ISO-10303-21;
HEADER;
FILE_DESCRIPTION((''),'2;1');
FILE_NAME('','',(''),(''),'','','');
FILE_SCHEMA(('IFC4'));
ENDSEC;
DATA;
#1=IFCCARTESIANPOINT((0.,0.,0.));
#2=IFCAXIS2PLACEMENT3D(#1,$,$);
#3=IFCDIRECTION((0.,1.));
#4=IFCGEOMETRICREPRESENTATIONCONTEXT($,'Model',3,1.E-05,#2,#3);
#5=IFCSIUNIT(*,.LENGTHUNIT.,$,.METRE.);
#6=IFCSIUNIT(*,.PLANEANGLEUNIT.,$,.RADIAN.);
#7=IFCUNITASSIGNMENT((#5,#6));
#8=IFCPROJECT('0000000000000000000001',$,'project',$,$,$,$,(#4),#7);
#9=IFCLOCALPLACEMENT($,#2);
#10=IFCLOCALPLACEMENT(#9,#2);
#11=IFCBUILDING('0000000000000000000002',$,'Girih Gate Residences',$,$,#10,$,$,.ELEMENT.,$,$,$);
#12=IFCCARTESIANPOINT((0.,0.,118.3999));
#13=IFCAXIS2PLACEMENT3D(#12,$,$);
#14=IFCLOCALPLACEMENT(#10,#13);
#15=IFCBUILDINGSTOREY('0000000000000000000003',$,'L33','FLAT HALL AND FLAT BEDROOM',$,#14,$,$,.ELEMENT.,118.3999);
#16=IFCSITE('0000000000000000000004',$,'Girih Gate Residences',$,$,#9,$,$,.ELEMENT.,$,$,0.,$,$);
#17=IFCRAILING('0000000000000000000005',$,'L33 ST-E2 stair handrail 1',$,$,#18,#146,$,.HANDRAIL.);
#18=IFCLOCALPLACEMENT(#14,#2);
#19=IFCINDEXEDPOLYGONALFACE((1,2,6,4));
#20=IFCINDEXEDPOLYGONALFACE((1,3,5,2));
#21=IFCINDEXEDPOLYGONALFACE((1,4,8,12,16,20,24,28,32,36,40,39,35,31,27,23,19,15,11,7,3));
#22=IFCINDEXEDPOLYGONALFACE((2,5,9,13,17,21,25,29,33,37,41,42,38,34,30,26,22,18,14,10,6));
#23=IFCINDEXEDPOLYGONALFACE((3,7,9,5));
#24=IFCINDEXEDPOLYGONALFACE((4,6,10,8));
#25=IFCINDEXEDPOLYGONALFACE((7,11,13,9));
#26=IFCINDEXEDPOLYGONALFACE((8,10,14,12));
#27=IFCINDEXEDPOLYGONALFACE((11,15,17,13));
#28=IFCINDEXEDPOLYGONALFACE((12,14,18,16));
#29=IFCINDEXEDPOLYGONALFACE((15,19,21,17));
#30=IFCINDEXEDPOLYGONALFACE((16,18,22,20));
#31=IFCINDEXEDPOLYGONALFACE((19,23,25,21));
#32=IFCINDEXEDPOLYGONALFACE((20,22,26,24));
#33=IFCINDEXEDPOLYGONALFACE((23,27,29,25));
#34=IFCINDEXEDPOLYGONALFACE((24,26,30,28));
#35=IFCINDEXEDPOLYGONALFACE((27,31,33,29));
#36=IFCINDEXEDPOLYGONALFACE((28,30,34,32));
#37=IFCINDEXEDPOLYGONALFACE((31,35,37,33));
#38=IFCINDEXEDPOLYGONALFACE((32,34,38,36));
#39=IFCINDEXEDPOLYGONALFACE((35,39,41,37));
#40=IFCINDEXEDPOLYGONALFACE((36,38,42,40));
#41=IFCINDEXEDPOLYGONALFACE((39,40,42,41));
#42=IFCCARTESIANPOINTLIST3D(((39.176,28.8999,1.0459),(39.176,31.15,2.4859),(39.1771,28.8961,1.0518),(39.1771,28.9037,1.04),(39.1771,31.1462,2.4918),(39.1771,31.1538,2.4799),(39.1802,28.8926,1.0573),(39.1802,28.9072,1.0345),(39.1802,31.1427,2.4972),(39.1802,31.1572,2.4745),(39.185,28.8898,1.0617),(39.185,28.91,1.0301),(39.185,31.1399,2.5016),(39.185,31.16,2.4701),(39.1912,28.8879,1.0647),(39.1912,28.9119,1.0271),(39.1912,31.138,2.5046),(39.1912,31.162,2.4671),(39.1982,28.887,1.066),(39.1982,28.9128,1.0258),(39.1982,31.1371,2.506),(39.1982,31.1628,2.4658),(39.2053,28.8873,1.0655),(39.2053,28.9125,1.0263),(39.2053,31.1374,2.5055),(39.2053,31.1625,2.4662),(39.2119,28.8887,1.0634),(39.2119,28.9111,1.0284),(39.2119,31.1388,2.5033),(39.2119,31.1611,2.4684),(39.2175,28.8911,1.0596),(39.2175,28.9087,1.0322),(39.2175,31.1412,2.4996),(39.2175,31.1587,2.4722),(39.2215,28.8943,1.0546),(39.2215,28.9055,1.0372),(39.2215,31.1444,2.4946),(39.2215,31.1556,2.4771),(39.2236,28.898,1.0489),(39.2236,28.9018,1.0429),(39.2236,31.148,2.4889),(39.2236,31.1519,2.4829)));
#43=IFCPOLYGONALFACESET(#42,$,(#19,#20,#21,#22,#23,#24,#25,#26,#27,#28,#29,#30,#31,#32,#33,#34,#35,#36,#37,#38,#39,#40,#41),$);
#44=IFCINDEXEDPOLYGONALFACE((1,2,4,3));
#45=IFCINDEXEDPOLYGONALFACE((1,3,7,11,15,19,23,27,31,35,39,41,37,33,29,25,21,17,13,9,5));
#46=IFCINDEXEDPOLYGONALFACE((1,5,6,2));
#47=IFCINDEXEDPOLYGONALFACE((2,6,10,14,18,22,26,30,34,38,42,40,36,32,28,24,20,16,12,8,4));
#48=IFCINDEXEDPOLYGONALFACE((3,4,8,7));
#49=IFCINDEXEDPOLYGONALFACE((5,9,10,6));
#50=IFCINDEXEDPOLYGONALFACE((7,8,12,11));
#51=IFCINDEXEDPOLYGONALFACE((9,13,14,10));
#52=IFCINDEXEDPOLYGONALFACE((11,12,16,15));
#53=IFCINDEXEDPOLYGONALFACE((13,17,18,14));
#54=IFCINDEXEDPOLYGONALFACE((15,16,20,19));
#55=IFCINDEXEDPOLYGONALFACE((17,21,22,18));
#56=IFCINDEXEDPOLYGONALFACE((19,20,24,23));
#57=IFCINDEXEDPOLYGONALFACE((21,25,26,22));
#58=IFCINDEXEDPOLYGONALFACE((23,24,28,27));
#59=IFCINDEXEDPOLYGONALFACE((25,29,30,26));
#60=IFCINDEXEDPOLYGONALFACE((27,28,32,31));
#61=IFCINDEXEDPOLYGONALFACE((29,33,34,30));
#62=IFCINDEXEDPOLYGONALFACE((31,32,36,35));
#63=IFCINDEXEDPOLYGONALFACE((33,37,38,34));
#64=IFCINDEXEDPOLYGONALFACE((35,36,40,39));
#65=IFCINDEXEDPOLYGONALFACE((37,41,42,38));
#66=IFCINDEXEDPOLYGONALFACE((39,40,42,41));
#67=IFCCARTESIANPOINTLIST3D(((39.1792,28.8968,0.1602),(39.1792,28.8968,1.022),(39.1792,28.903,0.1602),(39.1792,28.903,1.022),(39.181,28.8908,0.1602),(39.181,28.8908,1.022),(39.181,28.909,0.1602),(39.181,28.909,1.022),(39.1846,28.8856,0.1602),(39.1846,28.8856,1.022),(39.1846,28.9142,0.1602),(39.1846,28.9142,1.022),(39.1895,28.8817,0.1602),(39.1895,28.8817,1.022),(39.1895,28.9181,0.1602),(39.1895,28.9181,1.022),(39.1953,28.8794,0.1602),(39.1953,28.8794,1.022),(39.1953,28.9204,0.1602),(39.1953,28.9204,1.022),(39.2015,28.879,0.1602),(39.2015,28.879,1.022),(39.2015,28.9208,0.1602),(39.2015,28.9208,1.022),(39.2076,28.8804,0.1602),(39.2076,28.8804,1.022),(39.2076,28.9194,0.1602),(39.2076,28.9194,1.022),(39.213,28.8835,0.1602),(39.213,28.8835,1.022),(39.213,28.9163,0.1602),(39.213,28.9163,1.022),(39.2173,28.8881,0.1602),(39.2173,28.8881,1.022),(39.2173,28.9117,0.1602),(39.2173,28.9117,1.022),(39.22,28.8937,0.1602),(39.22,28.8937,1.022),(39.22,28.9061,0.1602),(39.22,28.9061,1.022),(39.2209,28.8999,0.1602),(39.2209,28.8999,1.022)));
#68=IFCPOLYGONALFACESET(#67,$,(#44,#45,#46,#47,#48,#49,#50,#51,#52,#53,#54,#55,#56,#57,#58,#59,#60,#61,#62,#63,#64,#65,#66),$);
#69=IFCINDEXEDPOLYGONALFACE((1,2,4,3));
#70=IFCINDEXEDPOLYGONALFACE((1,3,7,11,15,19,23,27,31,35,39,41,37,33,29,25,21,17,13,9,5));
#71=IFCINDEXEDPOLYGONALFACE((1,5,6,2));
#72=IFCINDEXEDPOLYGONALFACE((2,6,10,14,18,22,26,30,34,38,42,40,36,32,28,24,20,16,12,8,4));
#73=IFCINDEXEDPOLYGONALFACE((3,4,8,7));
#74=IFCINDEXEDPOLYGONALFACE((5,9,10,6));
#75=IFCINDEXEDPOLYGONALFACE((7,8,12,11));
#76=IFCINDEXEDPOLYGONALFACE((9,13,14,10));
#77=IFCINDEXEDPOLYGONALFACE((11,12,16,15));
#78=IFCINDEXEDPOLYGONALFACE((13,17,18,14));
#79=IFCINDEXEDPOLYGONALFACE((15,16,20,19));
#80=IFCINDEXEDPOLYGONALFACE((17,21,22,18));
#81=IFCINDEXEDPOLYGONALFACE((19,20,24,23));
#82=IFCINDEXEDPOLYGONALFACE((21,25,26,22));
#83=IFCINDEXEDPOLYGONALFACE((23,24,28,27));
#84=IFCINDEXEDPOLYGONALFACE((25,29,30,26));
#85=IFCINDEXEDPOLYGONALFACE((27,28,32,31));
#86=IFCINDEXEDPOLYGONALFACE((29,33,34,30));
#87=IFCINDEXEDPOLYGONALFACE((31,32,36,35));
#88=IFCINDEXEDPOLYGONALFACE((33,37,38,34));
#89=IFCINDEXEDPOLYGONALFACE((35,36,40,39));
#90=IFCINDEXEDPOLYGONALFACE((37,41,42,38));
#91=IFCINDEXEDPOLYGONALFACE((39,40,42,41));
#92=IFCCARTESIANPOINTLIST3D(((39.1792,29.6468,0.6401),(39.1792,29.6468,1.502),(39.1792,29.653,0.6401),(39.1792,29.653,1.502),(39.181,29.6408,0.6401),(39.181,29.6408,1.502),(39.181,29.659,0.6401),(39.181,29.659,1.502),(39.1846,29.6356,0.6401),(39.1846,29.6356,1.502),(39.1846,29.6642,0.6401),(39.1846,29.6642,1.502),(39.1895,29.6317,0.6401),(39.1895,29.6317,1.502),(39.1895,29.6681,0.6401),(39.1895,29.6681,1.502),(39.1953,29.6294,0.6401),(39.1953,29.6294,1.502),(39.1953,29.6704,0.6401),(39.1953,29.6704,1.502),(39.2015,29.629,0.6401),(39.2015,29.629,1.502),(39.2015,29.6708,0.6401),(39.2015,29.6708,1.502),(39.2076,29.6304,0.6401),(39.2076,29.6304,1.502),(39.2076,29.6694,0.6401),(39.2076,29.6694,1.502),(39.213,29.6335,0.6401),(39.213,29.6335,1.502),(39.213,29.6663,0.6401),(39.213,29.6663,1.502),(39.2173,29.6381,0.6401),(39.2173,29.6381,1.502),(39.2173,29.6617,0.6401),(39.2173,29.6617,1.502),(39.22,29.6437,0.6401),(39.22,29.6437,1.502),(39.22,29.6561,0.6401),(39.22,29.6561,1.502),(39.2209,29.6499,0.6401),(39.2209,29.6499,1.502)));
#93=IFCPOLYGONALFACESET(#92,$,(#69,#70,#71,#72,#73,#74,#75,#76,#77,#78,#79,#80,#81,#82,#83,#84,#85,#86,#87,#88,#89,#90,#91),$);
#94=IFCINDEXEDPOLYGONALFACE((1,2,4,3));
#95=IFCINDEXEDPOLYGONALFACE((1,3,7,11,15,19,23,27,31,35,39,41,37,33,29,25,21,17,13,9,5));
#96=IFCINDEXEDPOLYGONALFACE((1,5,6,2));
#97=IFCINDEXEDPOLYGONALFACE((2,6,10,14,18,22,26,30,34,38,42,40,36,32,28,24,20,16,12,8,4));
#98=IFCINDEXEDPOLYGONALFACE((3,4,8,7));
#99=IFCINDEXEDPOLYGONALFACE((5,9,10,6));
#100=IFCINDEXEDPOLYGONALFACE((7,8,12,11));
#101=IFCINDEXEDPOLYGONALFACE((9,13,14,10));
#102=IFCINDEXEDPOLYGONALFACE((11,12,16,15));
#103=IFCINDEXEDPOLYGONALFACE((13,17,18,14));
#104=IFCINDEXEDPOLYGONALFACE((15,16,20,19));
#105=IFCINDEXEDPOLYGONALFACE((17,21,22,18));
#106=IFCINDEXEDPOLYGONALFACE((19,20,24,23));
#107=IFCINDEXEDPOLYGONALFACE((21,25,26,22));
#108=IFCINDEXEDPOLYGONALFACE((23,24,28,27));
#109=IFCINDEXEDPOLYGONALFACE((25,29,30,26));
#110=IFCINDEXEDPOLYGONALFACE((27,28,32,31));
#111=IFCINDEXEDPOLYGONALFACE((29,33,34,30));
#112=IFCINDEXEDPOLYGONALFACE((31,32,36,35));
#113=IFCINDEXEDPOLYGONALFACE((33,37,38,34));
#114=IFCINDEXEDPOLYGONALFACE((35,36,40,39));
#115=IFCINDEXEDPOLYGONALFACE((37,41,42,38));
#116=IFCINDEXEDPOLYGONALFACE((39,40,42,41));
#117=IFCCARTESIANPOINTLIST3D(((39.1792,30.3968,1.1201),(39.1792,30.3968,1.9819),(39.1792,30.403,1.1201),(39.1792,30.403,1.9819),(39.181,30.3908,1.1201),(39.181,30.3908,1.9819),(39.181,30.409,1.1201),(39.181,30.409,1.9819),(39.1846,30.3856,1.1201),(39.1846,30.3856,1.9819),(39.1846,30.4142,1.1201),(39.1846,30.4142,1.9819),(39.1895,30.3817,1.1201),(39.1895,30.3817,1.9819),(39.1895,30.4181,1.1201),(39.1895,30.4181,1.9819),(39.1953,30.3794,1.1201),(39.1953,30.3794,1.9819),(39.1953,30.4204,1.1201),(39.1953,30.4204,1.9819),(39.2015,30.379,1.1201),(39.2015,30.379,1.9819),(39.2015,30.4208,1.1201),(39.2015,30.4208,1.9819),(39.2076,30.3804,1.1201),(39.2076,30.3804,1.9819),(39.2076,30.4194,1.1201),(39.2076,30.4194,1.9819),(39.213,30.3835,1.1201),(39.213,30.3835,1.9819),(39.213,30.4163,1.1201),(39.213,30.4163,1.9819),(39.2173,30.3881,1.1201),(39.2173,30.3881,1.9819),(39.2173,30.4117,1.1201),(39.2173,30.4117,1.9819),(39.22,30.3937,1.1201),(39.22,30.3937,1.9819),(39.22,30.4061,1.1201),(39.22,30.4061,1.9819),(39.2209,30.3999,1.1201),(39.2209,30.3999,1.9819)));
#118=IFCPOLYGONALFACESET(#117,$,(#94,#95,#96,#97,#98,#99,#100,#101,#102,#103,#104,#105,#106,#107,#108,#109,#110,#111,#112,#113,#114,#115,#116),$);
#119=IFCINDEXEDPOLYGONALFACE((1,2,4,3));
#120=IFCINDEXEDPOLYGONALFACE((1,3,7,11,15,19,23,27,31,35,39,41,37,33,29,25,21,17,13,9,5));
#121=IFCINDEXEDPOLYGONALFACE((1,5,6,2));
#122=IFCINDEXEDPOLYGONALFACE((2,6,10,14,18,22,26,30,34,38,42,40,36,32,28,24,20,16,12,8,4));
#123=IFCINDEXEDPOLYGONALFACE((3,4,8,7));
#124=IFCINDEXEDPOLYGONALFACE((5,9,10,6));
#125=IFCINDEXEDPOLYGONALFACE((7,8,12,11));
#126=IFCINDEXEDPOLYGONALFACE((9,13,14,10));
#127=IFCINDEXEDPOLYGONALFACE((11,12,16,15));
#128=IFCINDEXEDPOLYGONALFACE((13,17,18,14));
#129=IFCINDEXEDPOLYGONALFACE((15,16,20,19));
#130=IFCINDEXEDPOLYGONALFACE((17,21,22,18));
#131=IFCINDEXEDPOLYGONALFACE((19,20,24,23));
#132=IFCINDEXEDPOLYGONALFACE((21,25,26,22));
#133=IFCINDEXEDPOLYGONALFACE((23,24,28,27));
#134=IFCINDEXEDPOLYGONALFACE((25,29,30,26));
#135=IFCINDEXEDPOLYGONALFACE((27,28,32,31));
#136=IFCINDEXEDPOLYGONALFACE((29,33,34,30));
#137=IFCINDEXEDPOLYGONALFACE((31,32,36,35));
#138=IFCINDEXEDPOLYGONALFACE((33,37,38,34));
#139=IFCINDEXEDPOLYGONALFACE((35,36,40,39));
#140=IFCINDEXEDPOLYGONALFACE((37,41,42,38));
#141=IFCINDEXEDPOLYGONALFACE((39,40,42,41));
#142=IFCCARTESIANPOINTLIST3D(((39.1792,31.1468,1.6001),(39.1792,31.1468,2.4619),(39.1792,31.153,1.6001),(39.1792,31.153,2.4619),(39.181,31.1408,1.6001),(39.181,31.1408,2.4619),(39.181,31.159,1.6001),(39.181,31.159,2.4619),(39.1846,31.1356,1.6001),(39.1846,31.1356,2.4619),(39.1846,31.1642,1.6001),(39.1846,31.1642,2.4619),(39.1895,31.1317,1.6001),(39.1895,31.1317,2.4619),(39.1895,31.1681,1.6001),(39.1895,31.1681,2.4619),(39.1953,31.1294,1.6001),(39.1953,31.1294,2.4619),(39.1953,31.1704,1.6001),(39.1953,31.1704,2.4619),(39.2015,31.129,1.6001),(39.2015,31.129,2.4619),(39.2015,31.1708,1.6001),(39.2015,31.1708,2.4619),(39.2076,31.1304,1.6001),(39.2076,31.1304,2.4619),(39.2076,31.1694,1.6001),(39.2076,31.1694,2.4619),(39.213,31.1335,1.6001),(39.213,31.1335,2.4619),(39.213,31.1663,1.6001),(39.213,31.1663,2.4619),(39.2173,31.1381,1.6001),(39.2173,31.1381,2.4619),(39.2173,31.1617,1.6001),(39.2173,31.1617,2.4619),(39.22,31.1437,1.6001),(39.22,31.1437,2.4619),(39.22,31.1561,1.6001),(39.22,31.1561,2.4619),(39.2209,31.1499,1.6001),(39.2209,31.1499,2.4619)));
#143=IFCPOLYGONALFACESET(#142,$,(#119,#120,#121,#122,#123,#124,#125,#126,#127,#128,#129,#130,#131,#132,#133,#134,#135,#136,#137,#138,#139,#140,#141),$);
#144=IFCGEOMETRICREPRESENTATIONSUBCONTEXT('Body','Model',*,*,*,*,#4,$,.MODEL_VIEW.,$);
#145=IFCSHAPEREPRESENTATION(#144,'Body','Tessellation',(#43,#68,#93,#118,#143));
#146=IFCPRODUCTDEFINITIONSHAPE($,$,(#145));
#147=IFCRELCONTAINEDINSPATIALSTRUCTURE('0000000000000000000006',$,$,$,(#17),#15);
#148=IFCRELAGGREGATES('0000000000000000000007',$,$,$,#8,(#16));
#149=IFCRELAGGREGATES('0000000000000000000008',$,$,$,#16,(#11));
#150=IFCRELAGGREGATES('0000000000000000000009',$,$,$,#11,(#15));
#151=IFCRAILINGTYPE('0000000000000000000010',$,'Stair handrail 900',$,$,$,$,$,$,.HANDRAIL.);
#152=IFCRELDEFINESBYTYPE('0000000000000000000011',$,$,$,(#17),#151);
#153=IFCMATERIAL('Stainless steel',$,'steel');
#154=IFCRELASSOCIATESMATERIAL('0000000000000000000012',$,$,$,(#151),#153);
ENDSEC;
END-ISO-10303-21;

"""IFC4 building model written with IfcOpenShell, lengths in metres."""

from ifc_helpers import new_model, si_unit, direction, frame, origin, origin_2d, place, context, subcontext, project, spatial, circle, extrude, material, type_object, element, save


model = new_model("IFC4")

# Units and contexts
model_context = context("Model", 3, precision=1e-05, world=origin(), true_north=direction((0.0, 1.0)))
body_context = subcontext(model_context, "Body", "Model", "MODEL_VIEW")
ifc_project = project(units=[si_unit("LENGTHUNIT", "METRE"), si_unit("PLANEANGLEUNIT", "RADIAN")], contexts=[model_context])

# Site, building, storey
site_placement = place(None, origin())
site = spatial("IfcSite", under=ifc_project, at=site_placement, Name="Girih Gate Residences", CompositionType="ELEMENT", RefElevation=0.0)
building_placement = place(site_placement, origin())
building = spatial("IfcBuilding", under=site, at=building_placement, Name="Girih Gate Residences", CompositionType="ELEMENT")
storey_placement = place(building_placement, frame((0.0, 0.0, 118.3999)))
storey = spatial("IfcBuildingStorey", under=building, at=storey_placement, Name="L33", Description="FLAT HALL AND FLAT BEDROOM", CompositionType="ELEMENT", Elevation=118.3999)

# Railing
ifc_material_1 = material(Name="Stainless steel", Category="steel")
railing_type_1 = type_object("IfcRailingType", Name="Stair handrail 900", PredefinedType="HANDRAIL", material=ifc_material_1)
railing_1_placement = place(storey_placement, frame((39.2, 28.8999, 0.1602)))
element("IfcRailing", 1, at=railing_1_placement, inside=storey, type_object=railing_type_1, Name="L33 ST-E2 stair handrail 1", PredefinedType="HANDRAIL", context=body_context, shape_type="SweptSolid", body=[
    extrude(circle(Radius=0.0239, at=origin_2d()), frame((0.0, 0.0, 0.8857), z_axis=(0.0, 0.842281, 0.539038), x_axis=(-1.0, 0.0, 0.0)), (0.0, 0.0, 1.0), 2.6714),
    extrude(circle(Radius=0.021, at=origin_2d()), origin(), (0.0, 0.0, 1.0), 0.8618),
    extrude(circle(Radius=0.021, at=origin_2d()), frame((0.0, 0.75, 0.48)), (0.0, 0.0, 1.0), 0.8618),
    extrude(circle(Radius=0.021, at=origin_2d()), frame((0.0, 1.5, 0.96)), (0.0, 0.0, 1.0), 0.8618),
    extrude(circle(Radius=0.021, at=origin_2d()), frame((0.0, 2.25, 1.4399)), (0.0, 0.0, 1.0), 0.8618),
])

save(model, "model.ifc")
